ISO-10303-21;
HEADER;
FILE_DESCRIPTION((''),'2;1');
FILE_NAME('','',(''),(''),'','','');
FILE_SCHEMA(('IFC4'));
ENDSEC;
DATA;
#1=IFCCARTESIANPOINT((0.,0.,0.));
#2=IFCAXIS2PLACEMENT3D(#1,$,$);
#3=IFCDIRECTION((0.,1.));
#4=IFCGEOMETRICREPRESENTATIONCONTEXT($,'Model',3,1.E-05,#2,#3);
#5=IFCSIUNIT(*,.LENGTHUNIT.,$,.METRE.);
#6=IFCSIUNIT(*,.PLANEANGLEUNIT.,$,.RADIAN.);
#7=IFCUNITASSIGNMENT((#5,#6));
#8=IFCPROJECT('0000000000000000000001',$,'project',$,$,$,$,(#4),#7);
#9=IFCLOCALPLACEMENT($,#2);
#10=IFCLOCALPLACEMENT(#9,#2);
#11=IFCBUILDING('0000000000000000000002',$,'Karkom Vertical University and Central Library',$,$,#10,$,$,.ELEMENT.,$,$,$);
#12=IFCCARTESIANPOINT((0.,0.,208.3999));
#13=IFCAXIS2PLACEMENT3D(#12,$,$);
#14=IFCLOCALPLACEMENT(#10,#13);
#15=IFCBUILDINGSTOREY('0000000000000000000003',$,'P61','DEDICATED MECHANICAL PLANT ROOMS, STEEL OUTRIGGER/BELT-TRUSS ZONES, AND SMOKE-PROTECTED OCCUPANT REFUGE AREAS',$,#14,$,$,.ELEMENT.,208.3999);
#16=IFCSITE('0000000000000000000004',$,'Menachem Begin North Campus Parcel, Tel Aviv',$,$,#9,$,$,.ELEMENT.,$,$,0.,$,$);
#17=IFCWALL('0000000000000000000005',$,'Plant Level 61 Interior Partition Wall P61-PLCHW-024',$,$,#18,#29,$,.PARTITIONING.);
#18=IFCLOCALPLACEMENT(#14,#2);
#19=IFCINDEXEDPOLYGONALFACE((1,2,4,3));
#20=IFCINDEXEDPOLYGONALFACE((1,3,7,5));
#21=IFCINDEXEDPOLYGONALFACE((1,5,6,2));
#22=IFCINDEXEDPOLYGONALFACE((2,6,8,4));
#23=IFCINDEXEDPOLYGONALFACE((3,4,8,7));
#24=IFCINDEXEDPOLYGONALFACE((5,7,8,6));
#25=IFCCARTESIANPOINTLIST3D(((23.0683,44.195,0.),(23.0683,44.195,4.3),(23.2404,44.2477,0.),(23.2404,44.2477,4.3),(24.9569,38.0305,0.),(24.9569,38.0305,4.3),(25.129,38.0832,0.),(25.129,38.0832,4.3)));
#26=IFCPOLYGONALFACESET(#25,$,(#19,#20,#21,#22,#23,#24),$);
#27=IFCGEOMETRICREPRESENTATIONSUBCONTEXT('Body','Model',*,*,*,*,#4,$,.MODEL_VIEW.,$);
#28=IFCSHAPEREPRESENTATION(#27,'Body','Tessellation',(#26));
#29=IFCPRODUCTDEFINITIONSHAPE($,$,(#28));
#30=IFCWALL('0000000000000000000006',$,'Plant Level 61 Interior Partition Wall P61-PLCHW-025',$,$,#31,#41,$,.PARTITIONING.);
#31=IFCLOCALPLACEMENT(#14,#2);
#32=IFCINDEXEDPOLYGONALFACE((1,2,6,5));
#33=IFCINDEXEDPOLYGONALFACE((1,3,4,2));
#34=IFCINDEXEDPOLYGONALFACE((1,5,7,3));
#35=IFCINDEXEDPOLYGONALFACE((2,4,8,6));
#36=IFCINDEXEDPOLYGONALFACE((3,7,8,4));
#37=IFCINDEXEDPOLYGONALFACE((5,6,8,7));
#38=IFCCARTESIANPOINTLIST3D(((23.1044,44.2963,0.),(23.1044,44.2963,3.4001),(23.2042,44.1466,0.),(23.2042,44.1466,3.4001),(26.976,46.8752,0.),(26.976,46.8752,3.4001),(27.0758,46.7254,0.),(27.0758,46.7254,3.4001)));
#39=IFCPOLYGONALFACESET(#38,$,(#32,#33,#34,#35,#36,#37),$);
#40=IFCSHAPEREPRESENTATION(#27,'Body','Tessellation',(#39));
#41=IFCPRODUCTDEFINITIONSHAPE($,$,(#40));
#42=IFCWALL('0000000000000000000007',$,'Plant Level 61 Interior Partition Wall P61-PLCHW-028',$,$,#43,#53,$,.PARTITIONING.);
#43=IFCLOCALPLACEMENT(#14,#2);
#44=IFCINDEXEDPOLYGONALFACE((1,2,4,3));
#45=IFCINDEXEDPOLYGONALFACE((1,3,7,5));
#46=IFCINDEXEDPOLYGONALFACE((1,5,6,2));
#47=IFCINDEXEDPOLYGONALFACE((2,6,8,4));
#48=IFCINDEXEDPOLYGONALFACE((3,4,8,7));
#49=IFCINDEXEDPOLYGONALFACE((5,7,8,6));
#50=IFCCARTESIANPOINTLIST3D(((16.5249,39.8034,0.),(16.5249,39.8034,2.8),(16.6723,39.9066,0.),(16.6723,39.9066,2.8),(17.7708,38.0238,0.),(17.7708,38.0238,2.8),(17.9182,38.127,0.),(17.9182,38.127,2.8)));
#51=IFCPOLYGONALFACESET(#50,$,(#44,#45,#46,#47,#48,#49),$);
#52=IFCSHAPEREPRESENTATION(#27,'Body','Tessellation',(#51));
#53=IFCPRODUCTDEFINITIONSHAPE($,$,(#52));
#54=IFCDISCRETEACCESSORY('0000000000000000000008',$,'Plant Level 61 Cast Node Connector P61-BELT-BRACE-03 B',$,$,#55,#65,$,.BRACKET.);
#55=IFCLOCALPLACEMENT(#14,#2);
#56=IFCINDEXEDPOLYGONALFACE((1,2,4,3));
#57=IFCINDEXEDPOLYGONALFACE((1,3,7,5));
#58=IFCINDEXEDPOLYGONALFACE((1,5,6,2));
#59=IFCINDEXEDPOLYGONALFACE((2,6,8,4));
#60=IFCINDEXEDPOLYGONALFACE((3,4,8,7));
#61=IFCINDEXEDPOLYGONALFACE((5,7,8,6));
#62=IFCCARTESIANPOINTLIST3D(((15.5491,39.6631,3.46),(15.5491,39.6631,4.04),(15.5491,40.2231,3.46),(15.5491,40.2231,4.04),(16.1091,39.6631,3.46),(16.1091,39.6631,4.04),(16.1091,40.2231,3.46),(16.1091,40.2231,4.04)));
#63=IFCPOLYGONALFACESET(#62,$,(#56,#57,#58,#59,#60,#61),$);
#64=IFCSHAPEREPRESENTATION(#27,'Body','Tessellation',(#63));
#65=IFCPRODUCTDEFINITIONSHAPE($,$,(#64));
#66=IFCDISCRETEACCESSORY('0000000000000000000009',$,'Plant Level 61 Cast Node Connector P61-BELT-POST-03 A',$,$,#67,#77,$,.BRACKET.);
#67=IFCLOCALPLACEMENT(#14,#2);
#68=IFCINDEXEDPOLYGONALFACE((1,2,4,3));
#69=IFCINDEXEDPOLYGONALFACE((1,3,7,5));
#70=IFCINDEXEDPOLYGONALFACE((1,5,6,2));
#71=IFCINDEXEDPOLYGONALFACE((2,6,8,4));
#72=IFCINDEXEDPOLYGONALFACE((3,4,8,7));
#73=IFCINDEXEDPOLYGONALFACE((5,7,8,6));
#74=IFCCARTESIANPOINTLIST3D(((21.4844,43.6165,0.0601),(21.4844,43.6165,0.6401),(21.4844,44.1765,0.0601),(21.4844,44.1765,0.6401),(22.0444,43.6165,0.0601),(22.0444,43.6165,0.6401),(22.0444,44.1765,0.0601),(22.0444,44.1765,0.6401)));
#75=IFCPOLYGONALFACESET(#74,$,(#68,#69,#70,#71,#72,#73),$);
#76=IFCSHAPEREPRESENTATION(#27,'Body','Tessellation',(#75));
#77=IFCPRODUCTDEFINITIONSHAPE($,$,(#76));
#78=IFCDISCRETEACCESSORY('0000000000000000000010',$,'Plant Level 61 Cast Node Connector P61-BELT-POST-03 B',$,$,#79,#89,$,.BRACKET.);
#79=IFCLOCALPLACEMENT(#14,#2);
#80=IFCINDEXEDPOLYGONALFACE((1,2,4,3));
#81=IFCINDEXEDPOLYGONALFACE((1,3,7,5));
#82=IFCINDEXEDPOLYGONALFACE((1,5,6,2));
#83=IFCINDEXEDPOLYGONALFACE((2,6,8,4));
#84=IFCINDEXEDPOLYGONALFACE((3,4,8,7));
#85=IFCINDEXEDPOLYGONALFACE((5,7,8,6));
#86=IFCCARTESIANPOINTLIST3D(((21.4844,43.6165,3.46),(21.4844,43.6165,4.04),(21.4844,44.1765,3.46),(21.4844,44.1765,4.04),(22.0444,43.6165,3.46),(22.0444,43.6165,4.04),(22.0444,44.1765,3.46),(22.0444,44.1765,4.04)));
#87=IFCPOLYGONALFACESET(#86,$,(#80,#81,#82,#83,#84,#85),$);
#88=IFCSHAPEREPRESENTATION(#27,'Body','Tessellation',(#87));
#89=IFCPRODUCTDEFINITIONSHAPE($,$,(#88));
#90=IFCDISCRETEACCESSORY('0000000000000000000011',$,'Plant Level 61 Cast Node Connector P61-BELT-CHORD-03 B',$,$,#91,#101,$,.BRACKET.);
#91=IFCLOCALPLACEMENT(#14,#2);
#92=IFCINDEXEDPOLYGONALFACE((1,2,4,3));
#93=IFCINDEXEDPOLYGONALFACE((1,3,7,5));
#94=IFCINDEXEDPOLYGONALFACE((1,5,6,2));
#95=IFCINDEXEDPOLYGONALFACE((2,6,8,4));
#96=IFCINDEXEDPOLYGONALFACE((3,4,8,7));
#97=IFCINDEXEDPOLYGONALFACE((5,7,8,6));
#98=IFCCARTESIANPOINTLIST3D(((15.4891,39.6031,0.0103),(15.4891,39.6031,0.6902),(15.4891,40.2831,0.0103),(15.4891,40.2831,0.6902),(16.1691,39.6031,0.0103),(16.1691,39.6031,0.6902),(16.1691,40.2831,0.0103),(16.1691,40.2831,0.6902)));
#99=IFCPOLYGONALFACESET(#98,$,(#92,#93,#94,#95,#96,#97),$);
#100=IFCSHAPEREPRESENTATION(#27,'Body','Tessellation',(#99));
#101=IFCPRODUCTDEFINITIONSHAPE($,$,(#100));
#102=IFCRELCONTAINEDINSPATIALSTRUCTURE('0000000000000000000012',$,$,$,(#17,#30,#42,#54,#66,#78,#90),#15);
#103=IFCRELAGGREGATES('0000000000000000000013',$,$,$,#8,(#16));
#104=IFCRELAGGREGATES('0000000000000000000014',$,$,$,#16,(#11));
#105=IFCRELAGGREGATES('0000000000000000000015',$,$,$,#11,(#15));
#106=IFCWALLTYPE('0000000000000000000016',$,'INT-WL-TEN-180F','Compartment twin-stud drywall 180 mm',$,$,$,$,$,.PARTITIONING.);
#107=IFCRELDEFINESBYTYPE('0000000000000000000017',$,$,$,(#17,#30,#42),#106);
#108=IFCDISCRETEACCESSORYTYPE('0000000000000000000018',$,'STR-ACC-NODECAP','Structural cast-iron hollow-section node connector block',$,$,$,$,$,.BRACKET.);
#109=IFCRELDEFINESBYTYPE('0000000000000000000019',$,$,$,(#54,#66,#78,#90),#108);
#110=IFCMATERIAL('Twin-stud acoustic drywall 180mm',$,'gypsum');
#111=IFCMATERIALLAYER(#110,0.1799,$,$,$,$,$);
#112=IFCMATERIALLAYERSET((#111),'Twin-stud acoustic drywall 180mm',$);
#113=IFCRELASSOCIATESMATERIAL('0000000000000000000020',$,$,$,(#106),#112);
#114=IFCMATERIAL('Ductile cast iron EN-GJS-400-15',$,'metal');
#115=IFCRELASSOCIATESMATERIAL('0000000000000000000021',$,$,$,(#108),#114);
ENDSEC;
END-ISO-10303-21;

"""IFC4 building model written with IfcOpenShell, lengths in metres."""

from ifc_helpers import new_model, si_unit, direction, frame, frame_2d, origin, origin_with_axes, origin_2d, place, context, subcontext, project, spatial, rectangle, extrude, source, transform, mapped, material, layer, layer_set, type_object, element, save


model = new_model("IFC4")

# Units and contexts
model_context = context("Model", 3, precision=1e-05, world=origin(), true_north=direction((0.0, 1.0)))
body_context = subcontext(model_context, "Body", "Model", "MODEL_VIEW")
ifc_project = project(units=[si_unit("LENGTHUNIT", "METRE"), si_unit("PLANEANGLEUNIT", "RADIAN")], contexts=[model_context])

# Site, building, storey
site_placement = place(None, origin())
site = spatial("IfcSite", under=ifc_project, at=site_placement, Name="Menachem Begin North Campus Parcel, Tel Aviv", CompositionType="ELEMENT", RefElevation=0.0)
building_placement = place(site_placement, origin())
building = spatial("IfcBuilding", under=site, at=building_placement, Name="Karkom Vertical University and Central Library", CompositionType="ELEMENT")
storey_placement = place(building_placement, frame((0.0, 0.0, 208.3999)))
storey = spatial("IfcBuildingStorey", under=building, at=storey_placement, Name="P61", Description="DEDICATED MECHANICAL PLANT ROOMS, STEEL OUTRIGGER/BELT-TRUSS ZONES, AND SMOKE-PROTECTED OCCUPANT REFUGE AREAS", CompositionType="ELEMENT", Elevation=208.3999)

# Walls
ifc_material_1 = material(Name="Twin-stud acoustic drywall 180mm", Category="gypsum")
ifc_layer_1 = layer(ifc_material_1, 0.1799)
ifc_layer_set_1 = layer_set([ifc_layer_1], Name="Twin-stud acoustic drywall 180mm")
wall_type_1 = type_object("IfcWallType", Name="INT-WL-TEN-180F", Description="Compartment twin-stud drywall 180 mm", PredefinedType="PARTITIONING", material=ifc_layer_set_1)
wall_1_placement = place(storey_placement, frame((25.043, 38.0569, 0.0), z_axis=(0.0, 0.0, 1.0), x_axis=(-0.292936, 0.956132, 0.0)))
element("IfcWall", 1, at=wall_1_placement, inside=storey, type_object=wall_type_1, Name="Plant Level 61 Interior Partition Wall P61-PLCHW-024", PredefinedType="PARTITIONING", context=body_context, shape_type="SweptSolid", body=[
    extrude(rectangle(XDim=6.4473, YDim=0.1799, at=frame_2d((3.2236, 0.0))), origin(), (0.0, 0.0, 1.0), 4.3),
])
wall_2_placement = place(storey_placement, frame((23.1543, 44.2214, 0.0), z_axis=(0.0, 0.0, 1.0), x_axis=(0.832268, 0.554373, 0.0)))
element("IfcWall", 2, at=wall_2_placement, inside=storey, type_object=wall_type_1, Name="Plant Level 61 Interior Partition Wall P61-PLCHW-025", PredefinedType="PARTITIONING", context=body_context, shape_type="SweptSolid", body=[
    extrude(rectangle(XDim=4.6519, YDim=0.1799, at=frame_2d((2.3259, 0.0))), origin(), (0.0, 0.0, 1.0), 3.4001),
])
wall_3_placement = place(storey_placement, frame((17.8445, 38.0754, 0.0), z_axis=(0.0, 0.0, 1.0), x_axis=(-0.573515, 0.819195, 0.0)))
element("IfcWall", 3, at=wall_3_placement, inside=storey, type_object=wall_type_1, Name="Plant Level 61 Interior Partition Wall P61-PLCHW-028", PredefinedType="PARTITIONING", context=body_context, shape_type="SweptSolid", body=[
    extrude(rectangle(XDim=2.1724, YDim=0.1799, at=frame_2d((1.0862, 0.0))), origin(), (0.0, 0.0, 1.0), 2.8),
])

# Discrete accessories
ifc_material_2 = material(Name="Ductile cast iron EN-GJS-400-15", Category="metal")
discrete_accessory_type = type_object("IfcDiscreteAccessoryType", Name="STR-ACC-NODECAP", Description="Structural cast-iron hollow-section node connector block", PredefinedType="BRACKET", material=ifc_material_2)
shared_shape_1 = source(origin_with_axes(), body_context, "Body", "SweptSolid", [
    extrude(rectangle(XDim=0.5601, YDim=0.5601, at=origin_2d()), origin(), (0.0, 0.0, 1.0), 0.5801),
])
for number, where, z_axis, x_axis, name in (
    (4, (15.8291, 39.9431, 3.46), (0.0, 0.0, 1.0), (1.0, 0.0, 0.0), "Plant Level 61 Cast Node Connector P61-BELT-BRACE-03 B"),
    (5, (21.7644, 43.8965, 0.0601), (0.0, 0.0, 1.0), (1.0, 0.0, 0.0), "Plant Level 61 Cast Node Connector P61-BELT-POST-03 A"),
    (6, (21.7644, 43.8965, 3.46), (0.0, 0.0, 1.0), (1.0, 0.0, 0.0), "Plant Level 61 Cast Node Connector P61-BELT-POST-03 B"),
):
    element("IfcDiscreteAccessory", number, at=place(storey_placement, frame(where, z_axis=z_axis, x_axis=x_axis)), inside=storey, type_object=discrete_accessory_type, Name=name, PredefinedType="BRACKET", context=body_context, shape_type="MappedRepresentation", body=[
        mapped(shared_shape_1, transform((0.0, 0.0, 0.0), scale=1.0)),
    ])
shared_shape_2 = source(origin_with_axes(), body_context, "Body", "SweptSolid", [
    extrude(rectangle(XDim=0.6799, YDim=0.6799, at=origin_2d()), origin(), (0.0, 0.0, 1.0), 0.6799),
])
discrete_accessory_placement = place(storey_placement, frame((15.8291, 39.9431, 0.0103), z_axis=(0.0, 0.0, 1.0), x_axis=(1.0, 0.0, 0.0)))
element("IfcDiscreteAccessory", 7, at=discrete_accessory_placement, inside=storey, type_object=discrete_accessory_type, Name="Plant Level 61 Cast Node Connector P61-BELT-CHORD-03 B", PredefinedType="BRACKET", context=body_context, shape_type="MappedRepresentation", body=[
    mapped(shared_shape_2, transform((0.0, 0.0, 0.0), scale=1.0)),
])

save(model, "model.ifc")
